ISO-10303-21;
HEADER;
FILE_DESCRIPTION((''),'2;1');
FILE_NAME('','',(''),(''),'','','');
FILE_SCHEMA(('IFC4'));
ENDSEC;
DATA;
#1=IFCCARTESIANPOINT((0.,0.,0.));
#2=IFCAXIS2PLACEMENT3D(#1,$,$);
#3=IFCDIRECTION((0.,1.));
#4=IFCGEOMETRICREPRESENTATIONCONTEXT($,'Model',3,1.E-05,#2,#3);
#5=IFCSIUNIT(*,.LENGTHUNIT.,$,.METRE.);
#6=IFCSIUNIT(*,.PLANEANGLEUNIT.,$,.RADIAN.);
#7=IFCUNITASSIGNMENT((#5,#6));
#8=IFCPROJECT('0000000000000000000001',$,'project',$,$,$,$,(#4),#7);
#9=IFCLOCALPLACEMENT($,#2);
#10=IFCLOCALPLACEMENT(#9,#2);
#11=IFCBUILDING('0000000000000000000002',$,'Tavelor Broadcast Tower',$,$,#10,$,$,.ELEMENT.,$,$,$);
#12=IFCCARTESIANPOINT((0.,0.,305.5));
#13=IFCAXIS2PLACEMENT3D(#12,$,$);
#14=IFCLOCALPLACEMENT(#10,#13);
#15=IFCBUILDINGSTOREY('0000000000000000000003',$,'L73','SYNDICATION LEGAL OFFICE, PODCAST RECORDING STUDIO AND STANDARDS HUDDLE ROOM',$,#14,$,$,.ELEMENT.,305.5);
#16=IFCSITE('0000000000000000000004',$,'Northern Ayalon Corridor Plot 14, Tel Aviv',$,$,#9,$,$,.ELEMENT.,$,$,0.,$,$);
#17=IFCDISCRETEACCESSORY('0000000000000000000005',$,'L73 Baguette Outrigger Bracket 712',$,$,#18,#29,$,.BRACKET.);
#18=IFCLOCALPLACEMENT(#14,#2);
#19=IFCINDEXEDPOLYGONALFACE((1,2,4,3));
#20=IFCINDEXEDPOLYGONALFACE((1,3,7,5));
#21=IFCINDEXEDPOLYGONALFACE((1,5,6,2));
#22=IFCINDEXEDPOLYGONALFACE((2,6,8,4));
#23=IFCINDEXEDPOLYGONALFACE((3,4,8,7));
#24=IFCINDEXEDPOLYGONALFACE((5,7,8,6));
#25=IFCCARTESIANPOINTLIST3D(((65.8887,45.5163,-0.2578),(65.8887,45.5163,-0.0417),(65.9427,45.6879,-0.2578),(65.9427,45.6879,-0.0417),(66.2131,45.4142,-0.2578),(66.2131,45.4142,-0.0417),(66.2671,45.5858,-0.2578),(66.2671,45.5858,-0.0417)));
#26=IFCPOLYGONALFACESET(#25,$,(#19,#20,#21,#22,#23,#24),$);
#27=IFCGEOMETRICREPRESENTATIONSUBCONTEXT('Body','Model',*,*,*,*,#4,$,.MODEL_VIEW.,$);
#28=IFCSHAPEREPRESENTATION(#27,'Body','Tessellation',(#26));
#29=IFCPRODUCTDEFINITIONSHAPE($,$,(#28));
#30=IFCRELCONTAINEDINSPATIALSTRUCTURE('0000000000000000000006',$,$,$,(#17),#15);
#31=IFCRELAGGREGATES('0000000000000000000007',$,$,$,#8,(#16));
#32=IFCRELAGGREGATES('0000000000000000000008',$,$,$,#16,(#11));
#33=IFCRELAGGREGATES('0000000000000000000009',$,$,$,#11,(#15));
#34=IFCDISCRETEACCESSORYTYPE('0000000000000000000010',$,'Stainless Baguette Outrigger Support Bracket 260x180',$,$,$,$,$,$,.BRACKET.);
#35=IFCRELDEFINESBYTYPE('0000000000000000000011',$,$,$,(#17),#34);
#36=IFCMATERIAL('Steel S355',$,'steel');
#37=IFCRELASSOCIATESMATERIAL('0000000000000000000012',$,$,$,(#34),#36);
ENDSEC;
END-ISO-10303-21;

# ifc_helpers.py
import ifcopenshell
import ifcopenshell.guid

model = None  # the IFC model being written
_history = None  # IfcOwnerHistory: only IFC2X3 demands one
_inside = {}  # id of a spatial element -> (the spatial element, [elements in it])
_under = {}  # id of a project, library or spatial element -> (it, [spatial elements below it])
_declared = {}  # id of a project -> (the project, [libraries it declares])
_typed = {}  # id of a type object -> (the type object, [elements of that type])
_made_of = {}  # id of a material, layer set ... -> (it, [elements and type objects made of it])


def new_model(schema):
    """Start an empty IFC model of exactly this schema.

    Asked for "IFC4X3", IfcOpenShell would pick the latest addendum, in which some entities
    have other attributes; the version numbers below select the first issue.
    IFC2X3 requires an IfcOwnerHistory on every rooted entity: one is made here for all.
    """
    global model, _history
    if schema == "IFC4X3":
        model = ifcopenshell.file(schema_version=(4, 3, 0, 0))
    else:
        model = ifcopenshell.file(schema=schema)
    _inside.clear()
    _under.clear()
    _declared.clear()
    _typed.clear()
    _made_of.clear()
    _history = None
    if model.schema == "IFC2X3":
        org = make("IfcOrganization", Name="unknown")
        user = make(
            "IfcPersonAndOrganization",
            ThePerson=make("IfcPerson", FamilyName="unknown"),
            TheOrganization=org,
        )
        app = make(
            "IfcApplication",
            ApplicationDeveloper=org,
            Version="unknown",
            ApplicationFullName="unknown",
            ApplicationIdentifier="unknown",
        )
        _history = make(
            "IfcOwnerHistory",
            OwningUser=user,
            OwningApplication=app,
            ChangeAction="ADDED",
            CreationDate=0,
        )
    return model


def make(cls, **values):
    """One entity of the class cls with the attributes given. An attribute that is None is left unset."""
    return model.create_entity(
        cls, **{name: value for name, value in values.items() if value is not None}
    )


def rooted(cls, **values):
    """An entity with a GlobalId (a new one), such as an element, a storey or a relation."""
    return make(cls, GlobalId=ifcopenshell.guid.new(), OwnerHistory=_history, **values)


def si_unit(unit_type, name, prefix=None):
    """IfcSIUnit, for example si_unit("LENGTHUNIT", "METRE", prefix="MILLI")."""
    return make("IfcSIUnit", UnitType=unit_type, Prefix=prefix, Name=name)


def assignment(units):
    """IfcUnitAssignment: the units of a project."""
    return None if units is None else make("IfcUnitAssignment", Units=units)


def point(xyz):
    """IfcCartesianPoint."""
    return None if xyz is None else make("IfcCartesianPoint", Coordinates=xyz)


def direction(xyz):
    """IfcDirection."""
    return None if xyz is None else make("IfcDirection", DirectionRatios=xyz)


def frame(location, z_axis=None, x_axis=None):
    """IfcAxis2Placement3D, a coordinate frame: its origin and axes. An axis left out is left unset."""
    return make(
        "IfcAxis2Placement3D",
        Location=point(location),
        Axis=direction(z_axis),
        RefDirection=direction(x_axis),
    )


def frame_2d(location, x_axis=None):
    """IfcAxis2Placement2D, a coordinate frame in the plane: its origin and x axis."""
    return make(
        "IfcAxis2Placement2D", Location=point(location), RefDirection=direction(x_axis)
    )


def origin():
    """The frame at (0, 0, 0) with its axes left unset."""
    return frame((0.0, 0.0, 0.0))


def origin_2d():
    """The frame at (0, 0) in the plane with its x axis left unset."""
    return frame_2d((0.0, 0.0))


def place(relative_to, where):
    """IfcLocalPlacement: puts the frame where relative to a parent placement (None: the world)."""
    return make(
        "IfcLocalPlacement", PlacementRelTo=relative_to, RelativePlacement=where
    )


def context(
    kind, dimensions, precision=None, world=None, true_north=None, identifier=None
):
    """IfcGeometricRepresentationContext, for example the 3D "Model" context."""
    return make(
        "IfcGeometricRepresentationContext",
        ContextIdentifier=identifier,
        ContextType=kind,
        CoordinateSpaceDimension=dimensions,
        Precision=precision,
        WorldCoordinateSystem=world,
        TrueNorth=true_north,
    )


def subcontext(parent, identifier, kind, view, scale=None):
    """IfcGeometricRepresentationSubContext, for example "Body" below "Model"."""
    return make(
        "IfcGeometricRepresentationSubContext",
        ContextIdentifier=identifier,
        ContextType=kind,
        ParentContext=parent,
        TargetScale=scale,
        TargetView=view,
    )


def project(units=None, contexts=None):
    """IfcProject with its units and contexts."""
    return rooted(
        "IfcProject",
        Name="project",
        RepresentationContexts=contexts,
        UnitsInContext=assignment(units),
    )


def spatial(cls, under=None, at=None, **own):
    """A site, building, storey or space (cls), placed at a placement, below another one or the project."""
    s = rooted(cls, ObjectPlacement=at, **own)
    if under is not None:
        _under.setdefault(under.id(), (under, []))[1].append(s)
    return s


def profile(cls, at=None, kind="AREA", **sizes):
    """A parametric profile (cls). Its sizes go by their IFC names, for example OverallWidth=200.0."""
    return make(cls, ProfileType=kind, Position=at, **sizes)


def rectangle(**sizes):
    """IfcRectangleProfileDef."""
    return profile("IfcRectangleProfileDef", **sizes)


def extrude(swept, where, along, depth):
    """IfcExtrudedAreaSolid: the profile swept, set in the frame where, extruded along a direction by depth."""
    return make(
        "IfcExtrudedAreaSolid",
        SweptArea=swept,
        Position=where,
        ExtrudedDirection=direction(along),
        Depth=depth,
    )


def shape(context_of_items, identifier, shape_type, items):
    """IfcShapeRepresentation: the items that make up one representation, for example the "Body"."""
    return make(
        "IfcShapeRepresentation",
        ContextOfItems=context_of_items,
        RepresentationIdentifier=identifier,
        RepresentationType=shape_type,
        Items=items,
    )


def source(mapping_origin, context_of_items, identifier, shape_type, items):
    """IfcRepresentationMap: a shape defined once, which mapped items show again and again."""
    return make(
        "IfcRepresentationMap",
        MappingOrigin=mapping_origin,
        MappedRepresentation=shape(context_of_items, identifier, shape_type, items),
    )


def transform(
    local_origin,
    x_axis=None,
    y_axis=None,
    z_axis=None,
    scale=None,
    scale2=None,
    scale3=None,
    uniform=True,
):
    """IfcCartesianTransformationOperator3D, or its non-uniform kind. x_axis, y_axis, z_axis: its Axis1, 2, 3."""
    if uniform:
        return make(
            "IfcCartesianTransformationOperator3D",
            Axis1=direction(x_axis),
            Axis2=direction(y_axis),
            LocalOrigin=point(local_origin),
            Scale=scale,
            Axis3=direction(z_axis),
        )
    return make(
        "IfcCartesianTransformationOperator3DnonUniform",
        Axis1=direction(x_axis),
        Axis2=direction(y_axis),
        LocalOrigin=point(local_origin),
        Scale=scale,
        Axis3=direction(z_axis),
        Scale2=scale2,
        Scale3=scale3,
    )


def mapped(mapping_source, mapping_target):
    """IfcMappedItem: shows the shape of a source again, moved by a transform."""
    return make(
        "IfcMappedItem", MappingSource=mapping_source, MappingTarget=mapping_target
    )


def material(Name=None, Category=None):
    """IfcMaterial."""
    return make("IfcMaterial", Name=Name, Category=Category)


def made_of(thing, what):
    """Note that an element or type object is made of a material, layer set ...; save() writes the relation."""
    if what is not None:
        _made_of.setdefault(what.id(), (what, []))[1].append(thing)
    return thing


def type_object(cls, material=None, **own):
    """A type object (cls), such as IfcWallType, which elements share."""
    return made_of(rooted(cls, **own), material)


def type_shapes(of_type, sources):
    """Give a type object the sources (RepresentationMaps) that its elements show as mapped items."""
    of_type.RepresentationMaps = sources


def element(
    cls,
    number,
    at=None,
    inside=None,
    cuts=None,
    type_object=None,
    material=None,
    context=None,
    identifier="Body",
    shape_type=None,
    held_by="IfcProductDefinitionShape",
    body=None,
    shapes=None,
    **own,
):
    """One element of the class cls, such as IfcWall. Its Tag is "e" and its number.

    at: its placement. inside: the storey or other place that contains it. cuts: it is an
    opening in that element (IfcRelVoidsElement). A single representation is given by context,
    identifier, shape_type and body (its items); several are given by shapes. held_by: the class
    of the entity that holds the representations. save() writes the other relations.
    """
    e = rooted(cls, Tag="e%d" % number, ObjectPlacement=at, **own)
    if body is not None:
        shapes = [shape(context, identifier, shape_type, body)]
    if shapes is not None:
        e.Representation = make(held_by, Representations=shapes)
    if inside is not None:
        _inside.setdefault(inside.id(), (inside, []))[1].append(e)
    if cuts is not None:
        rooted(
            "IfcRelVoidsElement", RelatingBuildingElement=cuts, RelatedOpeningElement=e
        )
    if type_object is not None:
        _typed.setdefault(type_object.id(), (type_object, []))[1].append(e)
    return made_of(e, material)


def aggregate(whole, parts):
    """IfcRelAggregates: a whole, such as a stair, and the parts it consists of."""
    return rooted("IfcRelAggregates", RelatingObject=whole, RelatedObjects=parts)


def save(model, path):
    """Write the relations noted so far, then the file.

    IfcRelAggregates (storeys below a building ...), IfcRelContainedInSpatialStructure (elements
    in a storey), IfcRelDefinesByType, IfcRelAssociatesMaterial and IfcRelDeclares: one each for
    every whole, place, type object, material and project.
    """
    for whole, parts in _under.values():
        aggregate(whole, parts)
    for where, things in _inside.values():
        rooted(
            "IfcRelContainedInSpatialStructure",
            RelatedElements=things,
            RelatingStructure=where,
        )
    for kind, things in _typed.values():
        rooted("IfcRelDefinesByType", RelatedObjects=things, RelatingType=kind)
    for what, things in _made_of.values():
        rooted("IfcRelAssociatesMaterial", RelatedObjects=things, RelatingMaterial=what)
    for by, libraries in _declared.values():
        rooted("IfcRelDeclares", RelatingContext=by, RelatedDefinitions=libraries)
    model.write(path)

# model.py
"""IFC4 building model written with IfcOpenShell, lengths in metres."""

from ifc_helpers import new_model, si_unit, direction, frame, origin, origin_2d, place, context, subcontext, project, spatial, rectangle, extrude, source, transform, mapped, material, type_object, type_shapes, element, save


model = new_model("IFC4")

# Units and contexts
model_context = context("Model", 3, precision=1e-05, world=origin(), true_north=direction((0.0, 1.0)))
body_context = subcontext(model_context, "Body", "Model", "MODEL_VIEW")
ifc_project = project(units=[si_unit("LENGTHUNIT", "METRE"), si_unit("PLANEANGLEUNIT", "RADIAN")], contexts=[model_context])

# Site, building, storey
site_placement = place(None, origin())
site = spatial("IfcSite", under=ifc_project, at=site_placement, Name="Northern Ayalon Corridor Plot 14, Tel Aviv", CompositionType="ELEMENT", RefElevation=0.0)
building_placement = place(site_placement, origin())
building = spatial("IfcBuilding", under=site, at=building_placement, Name="Tavelor Broadcast Tower", CompositionType="ELEMENT")
storey_placement = place(building_placement, frame((0.0, 0.0, 305.5)))
storey = spatial("IfcBuildingStorey", under=building, at=storey_placement, Name="L73", Description="SYNDICATION LEGAL OFFICE, PODCAST RECORDING STUDIO AND STANDARDS HUDDLE ROOM", CompositionType="ELEMENT", Elevation=305.5)

# Shared definitions
ifc_material_1 = material(Name="Steel S355", Category="steel")

# Discrete accessory
discrete_accessory_type = type_object("IfcDiscreteAccessoryType", Name="Stainless Baguette Outrigger Support Bracket 260x180", PredefinedType="BRACKET", material=ifc_material_1)
shared_shape_1 = source(origin(), body_context, "Body", "SweptSolid", [
    extrude(rectangle(XDim=0.1799, YDim=0.3401, at=origin_2d()), origin(), (0.0, 0.0, 1.0), 0.2161),
])
type_shapes(discrete_accessory_type, [shared_shape_1])
discrete_accessory_placement = place(storey_placement, frame((66.0779, 45.551, -0.2578), z_axis=(0.0, 0.0, 1.0), x_axis=(0.300206, 0.953874, 0.0)))
element("IfcDiscreteAccessory", 1, at=discrete_accessory_placement, inside=storey, type_object=discrete_accessory_type, Name="L73 Baguette Outrigger Bracket 712", PredefinedType="BRACKET", context=body_context, shape_type="MappedRepresentation", body=[
    mapped(shared_shape_1, transform((0.0, 0.0, 0.0), scale=1.0)),
])

save(model, "model.ifc")
